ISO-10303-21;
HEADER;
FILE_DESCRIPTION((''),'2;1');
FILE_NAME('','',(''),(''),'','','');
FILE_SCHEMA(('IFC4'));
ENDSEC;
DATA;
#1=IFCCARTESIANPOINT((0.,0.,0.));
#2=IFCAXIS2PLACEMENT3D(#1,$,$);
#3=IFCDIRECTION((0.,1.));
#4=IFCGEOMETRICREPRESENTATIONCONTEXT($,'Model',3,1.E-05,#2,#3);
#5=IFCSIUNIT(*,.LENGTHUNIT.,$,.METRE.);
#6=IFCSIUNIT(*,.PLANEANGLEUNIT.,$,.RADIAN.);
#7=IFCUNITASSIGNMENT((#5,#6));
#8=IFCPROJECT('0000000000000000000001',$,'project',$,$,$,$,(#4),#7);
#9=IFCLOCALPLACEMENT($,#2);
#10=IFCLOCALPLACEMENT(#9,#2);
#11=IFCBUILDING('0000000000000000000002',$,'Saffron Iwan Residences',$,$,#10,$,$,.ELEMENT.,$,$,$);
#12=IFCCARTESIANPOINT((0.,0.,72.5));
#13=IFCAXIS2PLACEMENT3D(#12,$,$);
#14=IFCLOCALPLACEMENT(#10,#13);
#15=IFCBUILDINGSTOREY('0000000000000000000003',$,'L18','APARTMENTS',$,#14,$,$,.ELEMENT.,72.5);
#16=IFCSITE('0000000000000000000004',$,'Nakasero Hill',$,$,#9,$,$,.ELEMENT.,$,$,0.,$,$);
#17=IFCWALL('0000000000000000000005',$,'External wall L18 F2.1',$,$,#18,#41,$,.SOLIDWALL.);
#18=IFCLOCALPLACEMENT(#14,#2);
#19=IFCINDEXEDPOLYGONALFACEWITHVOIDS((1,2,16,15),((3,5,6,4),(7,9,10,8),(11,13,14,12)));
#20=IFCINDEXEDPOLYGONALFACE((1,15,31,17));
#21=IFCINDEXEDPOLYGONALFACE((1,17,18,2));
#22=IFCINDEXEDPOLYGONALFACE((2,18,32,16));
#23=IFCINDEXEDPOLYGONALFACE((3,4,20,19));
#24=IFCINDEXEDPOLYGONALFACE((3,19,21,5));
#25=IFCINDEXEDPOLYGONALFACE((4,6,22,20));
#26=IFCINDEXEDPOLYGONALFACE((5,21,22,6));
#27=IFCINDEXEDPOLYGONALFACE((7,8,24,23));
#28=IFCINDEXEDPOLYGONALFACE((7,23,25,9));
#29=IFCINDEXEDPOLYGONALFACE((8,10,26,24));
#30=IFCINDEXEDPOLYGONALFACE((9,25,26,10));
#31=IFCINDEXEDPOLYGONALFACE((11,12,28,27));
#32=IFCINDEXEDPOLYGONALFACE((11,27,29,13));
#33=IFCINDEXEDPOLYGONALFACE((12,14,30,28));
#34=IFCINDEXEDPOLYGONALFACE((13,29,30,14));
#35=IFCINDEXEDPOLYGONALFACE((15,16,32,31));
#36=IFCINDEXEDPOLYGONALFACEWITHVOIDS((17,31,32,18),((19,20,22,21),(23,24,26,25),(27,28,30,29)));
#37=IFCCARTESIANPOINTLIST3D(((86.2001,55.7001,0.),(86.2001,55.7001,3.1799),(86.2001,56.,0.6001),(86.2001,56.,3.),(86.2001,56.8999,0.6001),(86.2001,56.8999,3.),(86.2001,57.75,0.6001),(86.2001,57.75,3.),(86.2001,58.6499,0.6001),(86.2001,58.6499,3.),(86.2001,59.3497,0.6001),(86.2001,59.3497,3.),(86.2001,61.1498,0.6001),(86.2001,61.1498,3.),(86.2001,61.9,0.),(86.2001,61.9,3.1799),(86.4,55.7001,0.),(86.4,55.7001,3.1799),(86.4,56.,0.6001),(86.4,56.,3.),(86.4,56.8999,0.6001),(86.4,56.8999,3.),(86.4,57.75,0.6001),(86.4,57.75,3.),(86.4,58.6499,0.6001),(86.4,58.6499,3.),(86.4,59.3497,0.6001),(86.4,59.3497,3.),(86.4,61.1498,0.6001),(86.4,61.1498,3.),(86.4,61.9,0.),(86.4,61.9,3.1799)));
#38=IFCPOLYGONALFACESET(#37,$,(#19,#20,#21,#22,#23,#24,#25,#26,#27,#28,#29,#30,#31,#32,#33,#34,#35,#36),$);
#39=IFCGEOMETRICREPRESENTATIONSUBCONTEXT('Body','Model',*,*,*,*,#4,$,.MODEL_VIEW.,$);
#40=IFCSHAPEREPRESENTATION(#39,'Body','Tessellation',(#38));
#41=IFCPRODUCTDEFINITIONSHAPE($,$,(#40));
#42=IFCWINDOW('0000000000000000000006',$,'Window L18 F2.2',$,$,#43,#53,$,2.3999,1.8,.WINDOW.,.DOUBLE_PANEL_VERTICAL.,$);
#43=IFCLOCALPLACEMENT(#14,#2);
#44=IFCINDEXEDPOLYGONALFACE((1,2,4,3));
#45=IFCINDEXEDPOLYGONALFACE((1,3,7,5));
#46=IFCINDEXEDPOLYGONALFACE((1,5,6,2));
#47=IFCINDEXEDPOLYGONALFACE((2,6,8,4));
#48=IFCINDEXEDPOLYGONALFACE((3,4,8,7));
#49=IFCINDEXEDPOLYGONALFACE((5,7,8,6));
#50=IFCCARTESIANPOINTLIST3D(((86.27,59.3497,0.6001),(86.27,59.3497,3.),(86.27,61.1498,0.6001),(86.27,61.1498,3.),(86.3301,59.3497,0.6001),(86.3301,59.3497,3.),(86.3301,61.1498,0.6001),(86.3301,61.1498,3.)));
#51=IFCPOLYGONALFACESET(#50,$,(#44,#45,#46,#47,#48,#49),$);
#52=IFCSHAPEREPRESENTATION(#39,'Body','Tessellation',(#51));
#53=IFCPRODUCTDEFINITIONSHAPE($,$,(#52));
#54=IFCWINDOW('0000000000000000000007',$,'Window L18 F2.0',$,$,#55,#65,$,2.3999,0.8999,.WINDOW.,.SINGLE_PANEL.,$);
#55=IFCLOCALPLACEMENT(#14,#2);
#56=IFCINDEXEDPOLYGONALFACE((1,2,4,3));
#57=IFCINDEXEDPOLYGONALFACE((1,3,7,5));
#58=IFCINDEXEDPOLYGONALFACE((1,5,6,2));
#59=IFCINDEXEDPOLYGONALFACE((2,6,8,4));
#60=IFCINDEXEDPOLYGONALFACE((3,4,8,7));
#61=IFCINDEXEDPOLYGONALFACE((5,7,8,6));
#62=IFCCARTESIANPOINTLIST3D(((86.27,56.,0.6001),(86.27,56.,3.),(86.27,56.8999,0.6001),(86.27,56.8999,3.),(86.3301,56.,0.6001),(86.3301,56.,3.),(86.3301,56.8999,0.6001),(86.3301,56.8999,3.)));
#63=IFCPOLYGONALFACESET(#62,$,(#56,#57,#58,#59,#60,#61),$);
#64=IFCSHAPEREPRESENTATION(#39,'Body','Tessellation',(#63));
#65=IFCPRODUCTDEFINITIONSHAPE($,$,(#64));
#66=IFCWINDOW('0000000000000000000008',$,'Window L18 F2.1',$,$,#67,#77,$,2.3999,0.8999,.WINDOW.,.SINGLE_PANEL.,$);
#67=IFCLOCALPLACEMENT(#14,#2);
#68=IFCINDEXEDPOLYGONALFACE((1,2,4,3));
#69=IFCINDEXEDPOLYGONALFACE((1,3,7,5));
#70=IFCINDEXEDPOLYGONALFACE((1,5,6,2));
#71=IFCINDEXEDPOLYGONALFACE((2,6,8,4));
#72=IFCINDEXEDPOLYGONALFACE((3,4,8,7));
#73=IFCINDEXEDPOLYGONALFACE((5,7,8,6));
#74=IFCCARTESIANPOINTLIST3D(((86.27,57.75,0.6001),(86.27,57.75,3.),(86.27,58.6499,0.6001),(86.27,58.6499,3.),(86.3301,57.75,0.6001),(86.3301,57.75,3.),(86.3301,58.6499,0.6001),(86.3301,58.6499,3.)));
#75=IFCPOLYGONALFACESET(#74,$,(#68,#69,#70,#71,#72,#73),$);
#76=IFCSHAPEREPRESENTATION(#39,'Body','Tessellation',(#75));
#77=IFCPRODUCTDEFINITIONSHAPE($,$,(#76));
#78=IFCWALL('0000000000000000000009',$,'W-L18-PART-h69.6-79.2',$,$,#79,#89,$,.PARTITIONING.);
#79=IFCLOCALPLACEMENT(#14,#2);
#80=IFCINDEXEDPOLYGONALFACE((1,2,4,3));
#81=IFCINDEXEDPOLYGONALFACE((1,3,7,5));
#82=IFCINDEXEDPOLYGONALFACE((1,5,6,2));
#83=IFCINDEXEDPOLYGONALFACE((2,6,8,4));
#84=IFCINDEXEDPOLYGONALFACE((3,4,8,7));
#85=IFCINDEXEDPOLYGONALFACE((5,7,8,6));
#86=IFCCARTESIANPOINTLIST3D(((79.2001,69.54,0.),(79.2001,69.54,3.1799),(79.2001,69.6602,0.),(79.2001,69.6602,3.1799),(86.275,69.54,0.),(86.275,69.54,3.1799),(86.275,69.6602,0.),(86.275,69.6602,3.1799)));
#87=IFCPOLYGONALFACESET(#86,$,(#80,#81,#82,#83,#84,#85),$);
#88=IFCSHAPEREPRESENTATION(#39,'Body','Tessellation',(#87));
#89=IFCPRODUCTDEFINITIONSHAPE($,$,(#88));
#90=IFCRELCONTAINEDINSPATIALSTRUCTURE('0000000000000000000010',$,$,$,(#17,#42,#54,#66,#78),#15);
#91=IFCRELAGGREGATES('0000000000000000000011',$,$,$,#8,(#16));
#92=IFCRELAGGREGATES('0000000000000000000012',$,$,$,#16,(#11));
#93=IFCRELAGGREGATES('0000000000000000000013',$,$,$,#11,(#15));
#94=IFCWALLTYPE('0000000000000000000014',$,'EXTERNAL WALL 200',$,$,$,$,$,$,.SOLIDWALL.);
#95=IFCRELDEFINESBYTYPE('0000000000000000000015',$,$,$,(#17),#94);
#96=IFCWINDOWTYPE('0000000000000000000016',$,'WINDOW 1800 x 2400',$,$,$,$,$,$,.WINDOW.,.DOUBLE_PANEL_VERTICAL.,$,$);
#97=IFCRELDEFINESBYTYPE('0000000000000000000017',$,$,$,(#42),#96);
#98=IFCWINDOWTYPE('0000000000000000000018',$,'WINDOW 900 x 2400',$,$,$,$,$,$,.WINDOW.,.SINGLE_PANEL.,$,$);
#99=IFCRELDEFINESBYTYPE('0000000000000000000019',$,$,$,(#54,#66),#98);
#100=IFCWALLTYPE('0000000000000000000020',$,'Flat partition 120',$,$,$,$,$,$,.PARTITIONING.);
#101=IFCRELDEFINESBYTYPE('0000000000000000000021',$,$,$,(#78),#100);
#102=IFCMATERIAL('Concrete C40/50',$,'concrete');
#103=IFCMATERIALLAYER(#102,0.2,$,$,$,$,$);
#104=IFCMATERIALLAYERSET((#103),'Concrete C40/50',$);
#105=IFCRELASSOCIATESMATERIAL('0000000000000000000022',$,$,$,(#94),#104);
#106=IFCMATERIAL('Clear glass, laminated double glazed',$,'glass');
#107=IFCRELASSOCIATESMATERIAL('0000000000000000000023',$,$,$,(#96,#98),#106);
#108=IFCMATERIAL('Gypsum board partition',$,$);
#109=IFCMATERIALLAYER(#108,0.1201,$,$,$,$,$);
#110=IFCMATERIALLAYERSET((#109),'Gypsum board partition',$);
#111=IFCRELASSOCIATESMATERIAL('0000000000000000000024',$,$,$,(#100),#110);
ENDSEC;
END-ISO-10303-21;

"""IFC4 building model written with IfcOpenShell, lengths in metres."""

from ifc_helpers import new_model, si_unit, direction, frame, frame_2d, origin, place, context, subcontext, project, spatial, rectangle, extrude, material, layer, layer_set, type_object, element, fill, save


model = new_model("IFC4")

# Units and contexts
model_context = context("Model", 3, precision=1e-05, world=origin(), true_north=direction((0.0, 1.0)))
body_context = subcontext(model_context, "Body", "Model", "MODEL_VIEW")
ifc_project = project(units=[si_unit("LENGTHUNIT", "METRE"), si_unit("PLANEANGLEUNIT", "RADIAN")], contexts=[model_context])

# Site, building, storey
site_placement = place(None, origin())
site = spatial("IfcSite", under=ifc_project, at=site_placement, Name="Nakasero Hill", CompositionType="ELEMENT", RefElevation=0.0)
building_placement = place(site_placement, origin())
building = spatial("IfcBuilding", under=site, at=building_placement, Name="Saffron Iwan Residences", CompositionType="ELEMENT")
storey_placement = place(building_placement, frame((0.0, 0.0, 72.5)))
storey = spatial("IfcBuildingStorey", under=building, at=storey_placement, Name="L18", Description="APARTMENTS", CompositionType="ELEMENT", Elevation=72.5)

# Wall, openings, windows
ifc_material_1 = material(Name="Concrete C40/50", Category="concrete")
ifc_layer_1 = layer(ifc_material_1, 0.2)
ifc_layer_set_1 = layer_set([ifc_layer_1], Name="Concrete C40/50")
wall_type_1 = type_object("IfcWallType", Name="EXTERNAL WALL 200", PredefinedType="SOLIDWALL", material=ifc_layer_set_1)
wall_1_placement = place(storey_placement, frame((86.3, 55.7, 0.0), z_axis=(0.0, 0.0, 1.0), x_axis=(0.0, 1.0, 0.0)))
wall_1 = element("IfcWall", 1, at=wall_1_placement, inside=storey, type_object=wall_type_1, Name="External wall L18 F2.1", PredefinedType="SOLIDWALL", context=body_context, shape_type="SweptSolid", body=[
    extrude(rectangle(XDim=6.2, YDim=0.2, at=frame_2d((3.1001, 0.0))), origin(), (0.0, 0.0, 1.0), 3.1799),
])
opening_1_placement = place(wall_1_placement, frame((0.3, 0.0, 0.6001)))
opening_1 = element("IfcOpeningElement", 2, at=opening_1_placement, cuts=wall_1, PredefinedType="OPENING", context=body_context, shape_type="SweptSolid", body=[
    extrude(rectangle(XDim=0.8999, YDim=2.3999, at=frame_2d((0.45, 1.2))), frame((0.0, 0.1099, 0.0), z_axis=(0.0, -1.0, 0.0), x_axis=(1.0, 0.0, 0.0)), (0.0, 0.0, 1.0), 0.22),
])
opening_2_placement = place(wall_1_placement, frame((2.05, 0.0, 0.6001)))
opening_2 = element("IfcOpeningElement", 3, at=opening_2_placement, cuts=wall_1, PredefinedType="OPENING", context=body_context, shape_type="SweptSolid", body=[
    extrude(rectangle(XDim=0.8999, YDim=2.3999, at=frame_2d((0.45, 1.2))), frame((0.0, 0.1099, 0.0), z_axis=(0.0, -1.0, 0.0), x_axis=(1.0, 0.0, 0.0)), (0.0, 0.0, 1.0), 0.22),
])
opening_3_placement = place(wall_1_placement, frame((3.6499, 0.0, 0.6001)))
opening_3 = element("IfcOpeningElement", 4, at=opening_3_placement, cuts=wall_1, PredefinedType="OPENING", context=body_context, shape_type="SweptSolid", body=[
    extrude(rectangle(XDim=1.8, YDim=2.3999, at=frame_2d((0.8999, 1.2))), frame((0.0, 0.1099, 0.0), z_axis=(0.0, -1.0, 0.0), x_axis=(1.0, 0.0, 0.0)), (0.0, 0.0, 1.0), 0.22),
])
ifc_material_2 = material(Name="Clear glass, laminated double glazed", Category="glass")
window_type_1 = type_object("IfcWindowType", Name="WINDOW 1800 x 2400", PartitioningType="DOUBLE_PANEL_VERTICAL", PredefinedType="WINDOW", material=ifc_material_2)
window_1_placement = place(opening_3_placement, origin())
window_1 = element("IfcWindow", 5, at=window_1_placement, inside=storey, type_object=window_type_1, Name="Window L18 F2.2", OverallHeight=2.3999, OverallWidth=1.8, PartitioningType="DOUBLE_PANEL_VERTICAL", PredefinedType="WINDOW", context=body_context, shape_type="SweptSolid", body=[
    extrude(rectangle(XDim=1.8, YDim=2.3999, at=frame_2d((0.8999, 1.2))), frame((0.0, 0.03, 0.0), z_axis=(0.0, -1.0, 0.0), x_axis=(1.0, 0.0, 0.0)), (0.0, 0.0, 1.0), 0.0601),
])
fill(opening_3, window_1)
window_type_2 = type_object("IfcWindowType", Name="WINDOW 900 x 2400", PartitioningType="SINGLE_PANEL", PredefinedType="WINDOW", material=ifc_material_2)
window_2_placement = place(opening_1_placement, origin())
window_2 = element("IfcWindow", 6, at=window_2_placement, inside=storey, type_object=window_type_2, Name="Window L18 F2.0", OverallHeight=2.3999, OverallWidth=0.8999, PartitioningType="SINGLE_PANEL", PredefinedType="WINDOW", context=body_context, shape_type="SweptSolid", body=[
    extrude(rectangle(XDim=0.8999, YDim=2.3999, at=frame_2d((0.45, 1.2))), frame((0.0, 0.03, 0.0), z_axis=(0.0, -1.0, 0.0), x_axis=(1.0, 0.0, 0.0)), (0.0, 0.0, 1.0), 0.0601),
])
fill(opening_1, window_2)
window_3_placement = place(opening_2_placement, origin())
window_3 = element("IfcWindow", 7, at=window_3_placement, inside=storey, type_object=window_type_2, Name="Window L18 F2.1", OverallHeight=2.3999, OverallWidth=0.8999, PartitioningType="SINGLE_PANEL", PredefinedType="WINDOW", context=body_context, shape_type="SweptSolid", body=[
    extrude(rectangle(XDim=0.8999, YDim=2.3999, at=frame_2d((0.45, 1.2))), frame((0.0, 0.03, 0.0), z_axis=(0.0, -1.0, 0.0), x_axis=(1.0, 0.0, 0.0)), (0.0, 0.0, 1.0), 0.0601),
])
fill(opening_2, window_3)

# Wall
ifc_material_3 = material(Name="Gypsum board partition")
ifc_layer_2 = layer(ifc_material_3, 0.1201)
ifc_layer_set_2 = layer_set([ifc_layer_2], Name="Gypsum board partition")
wall_type_2 = type_object("IfcWallType", Name="Flat partition 120", PredefinedType="PARTITIONING", material=ifc_layer_set_2)
wall_2_placement = place(storey_placement, frame((79.2, 69.6001, 0.0), z_axis=(0.0, 0.0, 1.0), x_axis=(1.0, 0.0, 0.0)))
element("IfcWall", 8, at=wall_2_placement, inside=storey, type_object=wall_type_2, Name="W-L18-PART-h69.6-79.2", PredefinedType="PARTITIONING", context=body_context, shape_type="SweptSolid", body=[
    extrude(rectangle(XDim=7.075, YDim=0.1201, at=frame_2d((3.5376, 0.0))), origin(), (0.0, 0.0, 1.0), 3.1799),
])

save(model, "model.ifc")
